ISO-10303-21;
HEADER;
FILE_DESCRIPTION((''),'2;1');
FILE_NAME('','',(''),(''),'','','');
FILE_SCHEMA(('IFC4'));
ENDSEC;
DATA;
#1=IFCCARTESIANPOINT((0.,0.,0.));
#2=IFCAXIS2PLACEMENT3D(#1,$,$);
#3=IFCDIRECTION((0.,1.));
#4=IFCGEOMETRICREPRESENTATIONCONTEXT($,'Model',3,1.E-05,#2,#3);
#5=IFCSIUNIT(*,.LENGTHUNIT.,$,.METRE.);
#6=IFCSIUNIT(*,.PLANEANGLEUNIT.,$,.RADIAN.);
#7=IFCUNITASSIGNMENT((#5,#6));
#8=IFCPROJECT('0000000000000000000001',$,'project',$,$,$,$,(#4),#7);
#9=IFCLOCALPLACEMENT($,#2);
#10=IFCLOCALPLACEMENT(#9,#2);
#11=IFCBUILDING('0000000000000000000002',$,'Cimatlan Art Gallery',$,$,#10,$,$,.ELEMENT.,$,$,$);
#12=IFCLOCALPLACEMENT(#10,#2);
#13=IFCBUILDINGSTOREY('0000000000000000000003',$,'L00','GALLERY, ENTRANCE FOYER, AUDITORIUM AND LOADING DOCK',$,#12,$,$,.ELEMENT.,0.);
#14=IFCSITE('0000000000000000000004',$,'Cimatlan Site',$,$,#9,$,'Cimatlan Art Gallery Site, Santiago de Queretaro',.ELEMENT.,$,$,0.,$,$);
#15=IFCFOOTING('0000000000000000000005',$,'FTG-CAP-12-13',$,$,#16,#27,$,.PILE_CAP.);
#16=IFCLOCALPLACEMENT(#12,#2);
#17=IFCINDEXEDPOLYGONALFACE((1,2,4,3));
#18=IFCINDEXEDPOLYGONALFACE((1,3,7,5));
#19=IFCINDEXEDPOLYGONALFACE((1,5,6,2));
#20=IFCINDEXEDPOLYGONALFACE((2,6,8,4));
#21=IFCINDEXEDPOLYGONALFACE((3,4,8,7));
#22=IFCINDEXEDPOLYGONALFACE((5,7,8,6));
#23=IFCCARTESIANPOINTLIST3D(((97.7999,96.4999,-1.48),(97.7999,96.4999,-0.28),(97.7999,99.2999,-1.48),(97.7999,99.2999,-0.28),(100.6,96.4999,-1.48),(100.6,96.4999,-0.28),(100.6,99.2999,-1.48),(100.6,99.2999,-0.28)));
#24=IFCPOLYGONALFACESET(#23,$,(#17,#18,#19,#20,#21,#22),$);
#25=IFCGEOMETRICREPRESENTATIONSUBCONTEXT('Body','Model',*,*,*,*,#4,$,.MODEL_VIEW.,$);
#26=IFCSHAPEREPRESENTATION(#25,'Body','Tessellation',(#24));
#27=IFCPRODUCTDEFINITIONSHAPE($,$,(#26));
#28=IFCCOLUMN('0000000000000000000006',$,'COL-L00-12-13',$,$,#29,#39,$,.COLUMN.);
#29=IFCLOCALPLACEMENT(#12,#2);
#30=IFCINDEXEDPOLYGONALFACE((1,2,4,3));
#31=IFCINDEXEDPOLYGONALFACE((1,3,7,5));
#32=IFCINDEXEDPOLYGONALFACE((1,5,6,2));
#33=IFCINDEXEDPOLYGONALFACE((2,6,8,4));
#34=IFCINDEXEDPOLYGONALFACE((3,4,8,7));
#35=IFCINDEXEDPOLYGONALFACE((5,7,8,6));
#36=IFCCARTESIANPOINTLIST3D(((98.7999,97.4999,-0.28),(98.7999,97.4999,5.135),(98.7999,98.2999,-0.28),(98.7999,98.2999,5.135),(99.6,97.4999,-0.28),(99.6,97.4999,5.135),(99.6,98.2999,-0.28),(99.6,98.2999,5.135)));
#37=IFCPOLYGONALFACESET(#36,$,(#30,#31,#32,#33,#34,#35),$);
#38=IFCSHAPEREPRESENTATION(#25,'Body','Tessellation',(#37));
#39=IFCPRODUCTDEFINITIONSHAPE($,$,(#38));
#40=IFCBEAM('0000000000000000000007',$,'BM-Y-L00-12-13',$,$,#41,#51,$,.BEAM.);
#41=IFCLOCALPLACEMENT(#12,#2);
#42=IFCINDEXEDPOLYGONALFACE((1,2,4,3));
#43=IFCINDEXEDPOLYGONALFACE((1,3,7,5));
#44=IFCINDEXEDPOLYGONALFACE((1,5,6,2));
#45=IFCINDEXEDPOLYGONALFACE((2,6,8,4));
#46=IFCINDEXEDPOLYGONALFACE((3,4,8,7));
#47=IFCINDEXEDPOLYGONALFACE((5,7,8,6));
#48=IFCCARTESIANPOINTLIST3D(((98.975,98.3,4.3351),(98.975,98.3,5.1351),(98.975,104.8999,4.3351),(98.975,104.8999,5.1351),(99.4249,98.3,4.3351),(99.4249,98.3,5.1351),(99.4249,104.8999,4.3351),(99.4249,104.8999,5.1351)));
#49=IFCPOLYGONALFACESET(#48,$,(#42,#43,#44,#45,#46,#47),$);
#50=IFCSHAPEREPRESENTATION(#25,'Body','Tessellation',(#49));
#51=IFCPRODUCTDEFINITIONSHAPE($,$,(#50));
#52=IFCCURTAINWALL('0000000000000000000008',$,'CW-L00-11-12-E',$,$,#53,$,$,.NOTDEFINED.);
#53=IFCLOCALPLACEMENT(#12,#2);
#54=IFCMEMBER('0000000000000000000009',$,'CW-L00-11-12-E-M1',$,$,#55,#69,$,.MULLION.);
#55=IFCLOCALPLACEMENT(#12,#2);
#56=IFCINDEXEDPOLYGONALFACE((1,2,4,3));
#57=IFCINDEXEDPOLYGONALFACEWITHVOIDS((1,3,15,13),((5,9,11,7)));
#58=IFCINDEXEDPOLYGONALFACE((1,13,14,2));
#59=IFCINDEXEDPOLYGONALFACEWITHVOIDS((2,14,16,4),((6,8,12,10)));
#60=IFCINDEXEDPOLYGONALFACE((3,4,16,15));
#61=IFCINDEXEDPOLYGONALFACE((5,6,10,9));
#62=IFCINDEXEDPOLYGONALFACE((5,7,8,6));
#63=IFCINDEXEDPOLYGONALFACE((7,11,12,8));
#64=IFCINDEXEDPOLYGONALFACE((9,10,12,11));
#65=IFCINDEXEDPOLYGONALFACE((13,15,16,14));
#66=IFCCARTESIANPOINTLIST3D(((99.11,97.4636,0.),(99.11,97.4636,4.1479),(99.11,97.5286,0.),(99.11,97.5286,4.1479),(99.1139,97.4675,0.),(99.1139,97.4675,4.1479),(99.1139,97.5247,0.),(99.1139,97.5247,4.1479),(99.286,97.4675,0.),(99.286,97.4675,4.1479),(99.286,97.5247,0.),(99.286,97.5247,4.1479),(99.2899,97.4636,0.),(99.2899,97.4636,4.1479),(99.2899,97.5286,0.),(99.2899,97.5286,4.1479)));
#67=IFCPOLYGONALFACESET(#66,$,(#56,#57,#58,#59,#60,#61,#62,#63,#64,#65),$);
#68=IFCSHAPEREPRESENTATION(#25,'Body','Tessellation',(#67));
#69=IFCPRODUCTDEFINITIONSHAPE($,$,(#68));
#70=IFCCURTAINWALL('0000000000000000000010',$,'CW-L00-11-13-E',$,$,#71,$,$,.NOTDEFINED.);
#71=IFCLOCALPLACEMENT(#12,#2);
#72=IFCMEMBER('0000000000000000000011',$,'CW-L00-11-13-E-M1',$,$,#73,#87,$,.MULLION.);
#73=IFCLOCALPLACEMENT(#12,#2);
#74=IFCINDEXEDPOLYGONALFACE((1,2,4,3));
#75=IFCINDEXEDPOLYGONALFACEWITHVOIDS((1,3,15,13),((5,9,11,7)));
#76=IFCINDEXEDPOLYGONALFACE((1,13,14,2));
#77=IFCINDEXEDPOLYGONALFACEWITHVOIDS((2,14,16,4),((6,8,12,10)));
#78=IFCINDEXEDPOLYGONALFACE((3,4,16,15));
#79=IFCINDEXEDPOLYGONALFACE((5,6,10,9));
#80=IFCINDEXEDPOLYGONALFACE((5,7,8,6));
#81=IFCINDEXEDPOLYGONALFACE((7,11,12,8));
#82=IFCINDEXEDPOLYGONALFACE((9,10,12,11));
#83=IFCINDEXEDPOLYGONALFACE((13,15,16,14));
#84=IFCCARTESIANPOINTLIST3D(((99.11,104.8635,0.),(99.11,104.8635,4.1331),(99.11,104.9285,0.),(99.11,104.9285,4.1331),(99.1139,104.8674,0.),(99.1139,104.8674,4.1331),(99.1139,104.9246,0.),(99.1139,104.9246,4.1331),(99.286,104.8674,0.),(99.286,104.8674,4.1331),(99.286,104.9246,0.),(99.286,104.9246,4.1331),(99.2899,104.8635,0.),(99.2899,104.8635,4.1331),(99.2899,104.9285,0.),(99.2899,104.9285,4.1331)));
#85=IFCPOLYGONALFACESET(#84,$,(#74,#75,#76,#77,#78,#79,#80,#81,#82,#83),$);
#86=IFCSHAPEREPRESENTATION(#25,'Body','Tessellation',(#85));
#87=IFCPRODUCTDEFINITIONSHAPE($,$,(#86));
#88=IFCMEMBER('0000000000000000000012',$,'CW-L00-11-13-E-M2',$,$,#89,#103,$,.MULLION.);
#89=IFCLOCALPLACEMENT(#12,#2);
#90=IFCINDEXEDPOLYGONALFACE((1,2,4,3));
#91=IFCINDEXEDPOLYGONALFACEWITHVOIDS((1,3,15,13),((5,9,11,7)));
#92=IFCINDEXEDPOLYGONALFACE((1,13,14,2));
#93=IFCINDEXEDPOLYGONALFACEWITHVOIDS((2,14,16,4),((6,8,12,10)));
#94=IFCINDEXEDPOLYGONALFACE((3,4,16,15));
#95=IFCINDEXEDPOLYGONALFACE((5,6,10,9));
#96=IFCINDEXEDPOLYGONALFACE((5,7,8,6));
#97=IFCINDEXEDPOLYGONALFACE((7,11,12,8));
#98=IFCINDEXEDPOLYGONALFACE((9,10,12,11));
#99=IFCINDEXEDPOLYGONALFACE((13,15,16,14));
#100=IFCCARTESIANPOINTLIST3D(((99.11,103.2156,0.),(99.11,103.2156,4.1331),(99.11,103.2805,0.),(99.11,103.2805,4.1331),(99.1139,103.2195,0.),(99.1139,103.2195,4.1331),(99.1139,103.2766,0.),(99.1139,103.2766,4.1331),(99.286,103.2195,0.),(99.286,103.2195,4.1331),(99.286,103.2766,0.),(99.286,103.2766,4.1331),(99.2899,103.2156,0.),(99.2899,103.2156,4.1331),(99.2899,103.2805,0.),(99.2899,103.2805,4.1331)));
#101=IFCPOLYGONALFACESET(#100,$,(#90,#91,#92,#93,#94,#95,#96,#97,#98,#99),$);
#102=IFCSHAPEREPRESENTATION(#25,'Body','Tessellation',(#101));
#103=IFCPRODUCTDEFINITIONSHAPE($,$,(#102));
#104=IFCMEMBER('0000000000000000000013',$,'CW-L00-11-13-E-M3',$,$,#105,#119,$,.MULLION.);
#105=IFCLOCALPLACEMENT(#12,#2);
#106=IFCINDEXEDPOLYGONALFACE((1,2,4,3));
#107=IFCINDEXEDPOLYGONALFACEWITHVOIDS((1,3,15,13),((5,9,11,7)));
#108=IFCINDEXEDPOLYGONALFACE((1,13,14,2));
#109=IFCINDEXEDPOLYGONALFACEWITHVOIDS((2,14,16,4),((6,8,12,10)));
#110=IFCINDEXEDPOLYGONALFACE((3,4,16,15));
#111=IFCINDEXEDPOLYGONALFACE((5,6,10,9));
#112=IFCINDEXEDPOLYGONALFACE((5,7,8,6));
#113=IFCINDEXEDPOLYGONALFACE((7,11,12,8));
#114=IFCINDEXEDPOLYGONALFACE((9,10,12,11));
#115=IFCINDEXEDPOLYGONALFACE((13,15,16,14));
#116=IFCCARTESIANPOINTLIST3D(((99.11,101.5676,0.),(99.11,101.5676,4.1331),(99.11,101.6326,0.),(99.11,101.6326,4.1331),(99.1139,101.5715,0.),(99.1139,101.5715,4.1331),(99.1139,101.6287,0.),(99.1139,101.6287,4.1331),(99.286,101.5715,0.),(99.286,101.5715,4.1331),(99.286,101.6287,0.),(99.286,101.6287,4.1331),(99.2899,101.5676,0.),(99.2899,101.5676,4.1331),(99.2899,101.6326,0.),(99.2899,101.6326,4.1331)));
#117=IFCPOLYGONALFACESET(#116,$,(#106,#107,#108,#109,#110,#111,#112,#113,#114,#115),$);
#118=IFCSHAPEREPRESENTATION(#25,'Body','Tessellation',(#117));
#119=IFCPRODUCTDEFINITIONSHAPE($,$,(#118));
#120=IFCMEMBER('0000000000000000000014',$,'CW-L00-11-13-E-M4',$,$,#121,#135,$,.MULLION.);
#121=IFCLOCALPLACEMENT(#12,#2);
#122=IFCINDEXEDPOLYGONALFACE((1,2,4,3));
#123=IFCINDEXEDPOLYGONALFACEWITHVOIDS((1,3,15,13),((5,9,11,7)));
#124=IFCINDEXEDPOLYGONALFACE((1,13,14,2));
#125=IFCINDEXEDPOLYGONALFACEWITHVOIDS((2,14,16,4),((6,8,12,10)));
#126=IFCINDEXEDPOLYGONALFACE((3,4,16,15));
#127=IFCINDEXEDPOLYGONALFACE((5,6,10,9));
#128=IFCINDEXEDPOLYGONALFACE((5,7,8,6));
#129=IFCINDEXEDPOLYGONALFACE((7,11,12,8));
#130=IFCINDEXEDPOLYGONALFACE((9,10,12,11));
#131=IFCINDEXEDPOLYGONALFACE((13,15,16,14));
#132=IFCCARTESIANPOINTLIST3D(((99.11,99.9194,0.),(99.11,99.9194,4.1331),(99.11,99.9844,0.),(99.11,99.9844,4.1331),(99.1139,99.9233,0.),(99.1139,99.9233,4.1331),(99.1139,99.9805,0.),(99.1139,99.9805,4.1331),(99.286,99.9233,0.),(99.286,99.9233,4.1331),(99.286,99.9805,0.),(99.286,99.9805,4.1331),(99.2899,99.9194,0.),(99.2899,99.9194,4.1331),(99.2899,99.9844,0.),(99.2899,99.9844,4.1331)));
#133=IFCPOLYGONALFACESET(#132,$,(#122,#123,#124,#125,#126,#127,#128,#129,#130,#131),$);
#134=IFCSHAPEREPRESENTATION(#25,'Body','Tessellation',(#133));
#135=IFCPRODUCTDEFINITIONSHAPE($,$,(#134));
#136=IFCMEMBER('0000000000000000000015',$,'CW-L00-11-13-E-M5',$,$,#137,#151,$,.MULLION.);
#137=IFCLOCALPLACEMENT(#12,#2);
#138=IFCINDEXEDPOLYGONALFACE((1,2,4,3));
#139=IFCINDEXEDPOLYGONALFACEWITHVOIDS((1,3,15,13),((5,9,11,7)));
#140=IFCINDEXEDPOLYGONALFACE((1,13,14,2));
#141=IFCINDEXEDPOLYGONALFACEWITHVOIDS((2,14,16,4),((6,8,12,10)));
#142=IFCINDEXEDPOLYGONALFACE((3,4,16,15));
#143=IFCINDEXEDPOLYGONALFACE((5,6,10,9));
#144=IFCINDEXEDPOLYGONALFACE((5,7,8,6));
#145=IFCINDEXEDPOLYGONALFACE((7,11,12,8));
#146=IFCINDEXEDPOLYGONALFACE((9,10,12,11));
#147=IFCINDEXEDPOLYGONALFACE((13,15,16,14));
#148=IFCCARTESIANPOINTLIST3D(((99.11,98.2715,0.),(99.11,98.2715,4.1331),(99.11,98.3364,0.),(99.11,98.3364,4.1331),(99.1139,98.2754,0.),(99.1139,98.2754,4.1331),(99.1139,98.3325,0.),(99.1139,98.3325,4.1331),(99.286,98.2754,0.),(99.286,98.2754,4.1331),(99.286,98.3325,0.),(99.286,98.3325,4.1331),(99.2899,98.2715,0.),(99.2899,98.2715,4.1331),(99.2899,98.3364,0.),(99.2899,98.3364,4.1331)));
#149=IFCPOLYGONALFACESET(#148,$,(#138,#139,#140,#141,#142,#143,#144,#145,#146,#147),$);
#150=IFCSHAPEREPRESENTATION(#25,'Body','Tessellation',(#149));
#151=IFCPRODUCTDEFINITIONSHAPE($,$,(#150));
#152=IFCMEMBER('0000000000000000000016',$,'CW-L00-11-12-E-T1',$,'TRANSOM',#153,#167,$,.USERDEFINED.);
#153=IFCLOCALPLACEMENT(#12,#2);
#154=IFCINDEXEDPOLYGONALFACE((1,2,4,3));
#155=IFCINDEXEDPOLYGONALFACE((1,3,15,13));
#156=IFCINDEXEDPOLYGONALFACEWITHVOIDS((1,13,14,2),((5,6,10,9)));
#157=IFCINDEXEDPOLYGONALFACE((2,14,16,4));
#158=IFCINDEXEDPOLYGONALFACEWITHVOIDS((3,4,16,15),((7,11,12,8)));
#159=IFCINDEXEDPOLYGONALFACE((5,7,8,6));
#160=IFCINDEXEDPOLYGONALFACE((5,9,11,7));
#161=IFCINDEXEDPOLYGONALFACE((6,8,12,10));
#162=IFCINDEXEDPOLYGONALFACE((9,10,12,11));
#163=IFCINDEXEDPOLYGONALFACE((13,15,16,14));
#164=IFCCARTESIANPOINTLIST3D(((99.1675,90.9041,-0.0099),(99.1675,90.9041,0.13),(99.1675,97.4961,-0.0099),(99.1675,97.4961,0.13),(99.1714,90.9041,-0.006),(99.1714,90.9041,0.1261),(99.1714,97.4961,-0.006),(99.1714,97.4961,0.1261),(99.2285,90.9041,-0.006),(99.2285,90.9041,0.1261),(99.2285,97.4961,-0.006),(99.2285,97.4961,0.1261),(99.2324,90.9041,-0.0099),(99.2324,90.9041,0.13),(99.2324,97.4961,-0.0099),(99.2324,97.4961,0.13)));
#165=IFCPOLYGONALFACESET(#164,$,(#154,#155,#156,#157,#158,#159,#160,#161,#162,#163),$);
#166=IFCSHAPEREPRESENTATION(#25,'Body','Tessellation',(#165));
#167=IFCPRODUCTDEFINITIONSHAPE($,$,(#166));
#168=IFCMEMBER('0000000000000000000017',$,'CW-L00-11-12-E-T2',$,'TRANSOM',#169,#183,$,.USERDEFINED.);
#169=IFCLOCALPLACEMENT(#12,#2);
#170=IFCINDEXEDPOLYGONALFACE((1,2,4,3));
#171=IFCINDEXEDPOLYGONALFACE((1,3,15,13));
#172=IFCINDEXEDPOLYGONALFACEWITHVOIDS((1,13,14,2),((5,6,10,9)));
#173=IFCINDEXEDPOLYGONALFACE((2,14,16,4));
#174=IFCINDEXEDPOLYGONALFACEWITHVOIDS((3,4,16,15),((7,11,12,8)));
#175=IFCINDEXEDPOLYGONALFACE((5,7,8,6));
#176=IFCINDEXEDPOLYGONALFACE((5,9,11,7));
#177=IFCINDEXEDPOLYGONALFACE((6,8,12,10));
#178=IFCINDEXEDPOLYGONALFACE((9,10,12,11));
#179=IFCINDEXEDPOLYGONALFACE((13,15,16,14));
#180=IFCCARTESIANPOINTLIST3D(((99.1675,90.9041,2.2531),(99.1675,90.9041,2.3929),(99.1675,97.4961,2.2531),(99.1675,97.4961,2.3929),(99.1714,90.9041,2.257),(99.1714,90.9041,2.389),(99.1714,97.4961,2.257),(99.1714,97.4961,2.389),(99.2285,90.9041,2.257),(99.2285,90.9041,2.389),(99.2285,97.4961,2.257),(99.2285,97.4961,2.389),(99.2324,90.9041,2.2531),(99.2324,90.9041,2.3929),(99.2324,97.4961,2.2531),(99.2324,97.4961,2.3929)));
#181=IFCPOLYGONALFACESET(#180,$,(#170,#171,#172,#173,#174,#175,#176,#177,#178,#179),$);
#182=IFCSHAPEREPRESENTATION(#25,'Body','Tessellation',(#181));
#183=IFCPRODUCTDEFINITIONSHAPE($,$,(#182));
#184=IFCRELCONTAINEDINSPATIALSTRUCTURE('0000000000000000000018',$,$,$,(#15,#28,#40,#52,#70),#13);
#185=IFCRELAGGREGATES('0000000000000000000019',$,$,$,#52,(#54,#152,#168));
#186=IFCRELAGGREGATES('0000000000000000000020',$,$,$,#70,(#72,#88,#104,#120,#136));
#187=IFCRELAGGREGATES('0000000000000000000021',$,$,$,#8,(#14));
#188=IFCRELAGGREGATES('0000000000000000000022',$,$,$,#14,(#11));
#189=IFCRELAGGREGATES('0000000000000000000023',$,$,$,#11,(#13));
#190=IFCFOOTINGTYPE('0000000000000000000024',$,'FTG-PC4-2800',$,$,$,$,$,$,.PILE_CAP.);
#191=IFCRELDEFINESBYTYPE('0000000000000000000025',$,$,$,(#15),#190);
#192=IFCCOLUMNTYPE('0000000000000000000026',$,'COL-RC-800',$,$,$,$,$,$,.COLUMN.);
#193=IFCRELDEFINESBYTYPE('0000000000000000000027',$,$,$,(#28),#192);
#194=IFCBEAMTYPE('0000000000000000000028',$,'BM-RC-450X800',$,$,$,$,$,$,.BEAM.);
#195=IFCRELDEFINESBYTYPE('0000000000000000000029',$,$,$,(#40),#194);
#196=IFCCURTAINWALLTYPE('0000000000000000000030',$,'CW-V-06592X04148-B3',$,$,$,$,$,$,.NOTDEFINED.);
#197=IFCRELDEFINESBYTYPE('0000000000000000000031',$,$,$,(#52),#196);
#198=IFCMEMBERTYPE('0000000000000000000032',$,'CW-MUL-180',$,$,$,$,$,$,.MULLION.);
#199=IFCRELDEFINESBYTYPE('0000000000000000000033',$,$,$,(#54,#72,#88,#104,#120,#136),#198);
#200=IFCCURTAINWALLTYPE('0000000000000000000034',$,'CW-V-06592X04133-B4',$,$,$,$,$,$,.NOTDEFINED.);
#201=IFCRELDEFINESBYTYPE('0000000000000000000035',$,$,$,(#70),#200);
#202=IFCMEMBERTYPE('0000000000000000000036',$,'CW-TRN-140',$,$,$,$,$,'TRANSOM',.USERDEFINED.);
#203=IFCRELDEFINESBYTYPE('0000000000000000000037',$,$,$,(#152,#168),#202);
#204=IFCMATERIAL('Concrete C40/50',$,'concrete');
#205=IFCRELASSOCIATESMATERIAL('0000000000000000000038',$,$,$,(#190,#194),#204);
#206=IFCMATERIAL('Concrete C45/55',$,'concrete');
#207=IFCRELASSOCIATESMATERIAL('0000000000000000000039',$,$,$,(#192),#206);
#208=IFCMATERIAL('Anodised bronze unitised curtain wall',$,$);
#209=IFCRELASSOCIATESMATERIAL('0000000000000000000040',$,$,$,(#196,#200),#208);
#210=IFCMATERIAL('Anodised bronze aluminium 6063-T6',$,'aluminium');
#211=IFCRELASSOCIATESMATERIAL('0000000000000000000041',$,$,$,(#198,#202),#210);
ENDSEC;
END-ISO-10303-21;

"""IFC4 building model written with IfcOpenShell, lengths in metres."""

from ifc_helpers import new_model, si_unit, direction, frame, origin, origin_2d, place, context, subcontext, project, spatial, rectangle, hollow_rectangle, extrude, material, material_profile, profile_set, type_object, element, aggregate, save


model = new_model("IFC4")

# Units and contexts
model_context = context("Model", 3, precision=1e-05, world=origin(), true_north=direction((0.0, 1.0)))
body_context = subcontext(model_context, "Body", "Model", "MODEL_VIEW")
ifc_project = project(units=[si_unit("LENGTHUNIT", "METRE"), si_unit("PLANEANGLEUNIT", "RADIAN")], contexts=[model_context])

# Site, building, storey
site_placement = place(None, origin())
site = spatial("IfcSite", under=ifc_project, at=site_placement, Name="Cimatlan Site", LongName="Cimatlan Art Gallery Site, Santiago de Queretaro", CompositionType="ELEMENT", RefElevation=0.0)
building_placement = place(site_placement, origin())
building = spatial("IfcBuilding", under=site, at=building_placement, Name="Cimatlan Art Gallery", CompositionType="ELEMENT")
storey_placement = place(building_placement, origin())
storey = spatial("IfcBuildingStorey", under=building, at=storey_placement, Name="L00", Description="GALLERY, ENTRANCE FOYER, AUDITORIUM AND LOADING DOCK", CompositionType="ELEMENT", Elevation=0.0)

# Footing
ifc_material_1 = material(Name="Concrete C40/50", Category="concrete")
footing_type = type_object("IfcFootingType", Name="FTG-PC4-2800", PredefinedType="PILE_CAP", material=ifc_material_1)
footing_placement = place(storey_placement, frame((99.2, 97.8999, -1.48), z_axis=(0.0, 0.0, 1.0), x_axis=(1.0, 0.0, 0.0)))
element("IfcFooting", 1, at=footing_placement, inside=storey, type_object=footing_type, Name="FTG-CAP-12-13", PredefinedType="PILE_CAP", context=body_context, shape_type="SweptSolid", body=[
    extrude(rectangle(XDim=2.8, YDim=2.8, at=origin_2d()), origin(), (0.0, 0.0, 1.0), 1.2),
])

# Column
ifc_material_2 = material(Name="Concrete C45/55", Category="concrete")
ifc_material_profile_1 = material_profile(ifc_material_2, rectangle(XDim=0.8, YDim=0.8, at=origin_2d()), Name="RC800X800")
ifc_profile_set_1 = profile_set([ifc_material_profile_1], Name="Concrete C45/55")
column_type = type_object("IfcColumnType", Name="COL-RC-800", PredefinedType="COLUMN", material=ifc_profile_set_1)
column_placement = place(storey_placement, frame((99.2, 97.8999, -0.28), z_axis=(0.0, 0.0, 1.0), x_axis=(1.0, 0.0, 0.0)))
element("IfcColumn", 2, at=column_placement, inside=storey, type_object=column_type, Name="COL-L00-12-13", PredefinedType="COLUMN", context=body_context, shape_type="SweptSolid", body=[
    extrude(rectangle(XDim=0.8, YDim=0.8, at=origin_2d()), origin(), (0.0, 0.0, 1.0), 5.415),
])

# Beam
ifc_material_profile_2 = material_profile(ifc_material_1, rectangle(XDim=0.45, YDim=0.8, at=origin_2d()), Name="RC450X800")
ifc_profile_set_2 = profile_set([ifc_material_profile_2], Name="Concrete C40/50")
beam_type = type_object("IfcBeamType", Name="BM-RC-450X800", PredefinedType="BEAM", material=ifc_profile_set_2)
beam_placement = place(storey_placement, frame((99.2, 98.3, 4.7351), z_axis=(0.0, 1.0, 0.0), x_axis=(-1.0, 0.0, 0.0)))
element("IfcBeam", 3, at=beam_placement, inside=storey, type_object=beam_type, Name="BM-Y-L00-12-13", PredefinedType="BEAM", context=body_context, shape_type="SweptSolid", body=[
    extrude(rectangle(XDim=0.45, YDim=0.8, at=origin_2d()), origin(), (0.0, 0.0, 1.0), 6.5999),
])

# Curtain wall, member
ifc_material_3 = material(Name="Anodised bronze unitised curtain wall")
curtain_wall_type_1 = type_object("IfcCurtainWallType", Name="CW-V-06592X04148-B3", PredefinedType="NOTDEFINED", material=ifc_material_3)
curtain_wall_1_placement = place(storey_placement, origin())
curtain_wall_1 = element("IfcCurtainWall", 4, at=curtain_wall_1_placement, inside=storey, type_object=curtain_wall_type_1, Name="CW-L00-11-12-E", PredefinedType="NOTDEFINED")
ifc_material_4 = material(Name="Anodised bronze aluminium 6063-T6", Category="aluminium")
ifc_material_profile_3 = material_profile(ifc_material_4, hollow_rectangle(XDim=0.0649, YDim=0.1799, WallThickness=0.0039, at=origin_2d()), Name="ALU65X180X4")
ifc_profile_set_3 = profile_set([ifc_material_profile_3], Name="Anodised bronze aluminium 6063-T6")
member_type_1 = type_object("IfcMemberType", Name="CW-MUL-180", PredefinedType="MULLION", material=ifc_profile_set_3)
member_1_placement = place(storey_placement, frame((99.2, 97.4961, 0.0), z_axis=(0.0, 0.0, 1.0), x_axis=(0.0, 1.0, 0.0)))
member_1 = element("IfcMember", 5, at=member_1_placement, type_object=member_type_1, Name="CW-L00-11-12-E-M1", PredefinedType="MULLION", context=body_context, shape_type="SweptSolid", body=[
    extrude(hollow_rectangle(XDim=0.0649, YDim=0.1799, WallThickness=0.0039, at=origin_2d()), origin(), (0.0, 0.0, 1.0), 4.1479),
])

# Curtain wall, members
curtain_wall_type_2 = type_object("IfcCurtainWallType", Name="CW-V-06592X04133-B4", PredefinedType="NOTDEFINED", material=ifc_material_3)
curtain_wall_2_placement = place(storey_placement, origin())
curtain_wall_2 = element("IfcCurtainWall", 6, at=curtain_wall_2_placement, inside=storey, type_object=curtain_wall_type_2, Name="CW-L00-11-13-E", PredefinedType="NOTDEFINED")
member_2_placement = place(storey_placement, frame((99.2, 104.896, 0.0), z_axis=(0.0, 0.0, 1.0), x_axis=(0.0, 1.0, 0.0)))
member_2 = element("IfcMember", 7, at=member_2_placement, type_object=member_type_1, Name="CW-L00-11-13-E-M1", PredefinedType="MULLION", context=body_context, shape_type="SweptSolid", body=[
    extrude(hollow_rectangle(XDim=0.0649, YDim=0.1799, WallThickness=0.0039, at=origin_2d()), origin(), (0.0, 0.0, 1.0), 4.1331),
])
member_3_placement = place(storey_placement, frame((99.2, 103.248, 0.0), z_axis=(0.0, 0.0, 1.0), x_axis=(0.0, 1.0, 0.0)))
member_3 = element("IfcMember", 8, at=member_3_placement, type_object=member_type_1, Name="CW-L00-11-13-E-M2", PredefinedType="MULLION", context=body_context, shape_type="SweptSolid", body=[
    extrude(hollow_rectangle(XDim=0.0649, YDim=0.1799, WallThickness=0.0039, at=origin_2d()), origin(), (0.0, 0.0, 1.0), 4.1331),
])
member_4_placement = place(storey_placement, frame((99.2, 101.6001, 0.0), z_axis=(0.0, 0.0, 1.0), x_axis=(0.0, 1.0, 0.0)))
member_4 = element("IfcMember", 9, at=member_4_placement, type_object=member_type_1, Name="CW-L00-11-13-E-M3", PredefinedType="MULLION", context=body_context, shape_type="SweptSolid", body=[
    extrude(hollow_rectangle(XDim=0.0649, YDim=0.1799, WallThickness=0.0039, at=origin_2d()), origin(), (0.0, 0.0, 1.0), 4.1331),
])
member_5_placement = place(storey_placement, frame((99.2, 99.9519, 0.0), z_axis=(0.0, 0.0, 1.0), x_axis=(0.0, 1.0, 0.0)))
member_5 = element("IfcMember", 10, at=member_5_placement, type_object=member_type_1, Name="CW-L00-11-13-E-M4", PredefinedType="MULLION", context=body_context, shape_type="SweptSolid", body=[
    extrude(hollow_rectangle(XDim=0.0649, YDim=0.1799, WallThickness=0.0039, at=origin_2d()), origin(), (0.0, 0.0, 1.0), 4.1331),
])
member_6_placement = place(storey_placement, frame((99.2, 98.304, 0.0), z_axis=(0.0, 0.0, 1.0), x_axis=(0.0, 1.0, 0.0)))
member_6 = element("IfcMember", 11, at=member_6_placement, type_object=member_type_1, Name="CW-L00-11-13-E-M5", PredefinedType="MULLION", context=body_context, shape_type="SweptSolid", body=[
    extrude(hollow_rectangle(XDim=0.0649, YDim=0.1799, WallThickness=0.0039, at=origin_2d()), origin(), (0.0, 0.0, 1.0), 4.1331),
])

# Members
ifc_material_profile_4 = material_profile(ifc_material_4, hollow_rectangle(XDim=0.0649, YDim=0.1399, WallThickness=0.0039, at=origin_2d()), Name="ALU65X140X4")
ifc_profile_set_4 = profile_set([ifc_material_profile_4], Name="Anodised bronze aluminium 6063-T6")
member_type_2 = type_object("IfcMemberType", Name="CW-TRN-140", ElementType="TRANSOM", PredefinedType="USERDEFINED", material=ifc_profile_set_4)
member_7_placement = place(storey_placement, frame((99.2, 97.4961, 0.0601), z_axis=(0.0, -1.0, 0.0), x_axis=(1.0, 0.0, 0.0)))
member_7 = element("IfcMember", 12, at=member_7_placement, type_object=member_type_2, Name="CW-L00-11-12-E-T1", ObjectType="TRANSOM", PredefinedType="USERDEFINED", context=body_context, shape_type="SweptSolid", body=[
    extrude(hollow_rectangle(XDim=0.0649, YDim=0.1399, WallThickness=0.0039, at=origin_2d()), origin(), (0.0, 0.0, 1.0), 6.592),
])
member_8_placement = place(storey_placement, frame((99.2, 97.4961, 2.323), z_axis=(0.0, -1.0, 0.0), x_axis=(1.0, 0.0, 0.0)))
member_8 = element("IfcMember", 13, at=member_8_placement, type_object=member_type_2, Name="CW-L00-11-12-E-T2", ObjectType="TRANSOM", PredefinedType="USERDEFINED", context=body_context, shape_type="SweptSolid", body=[
    extrude(hollow_rectangle(XDim=0.0649, YDim=0.1399, WallThickness=0.0039, at=origin_2d()), origin(), (0.0, 0.0, 1.0), 6.592),
])
aggregate(curtain_wall_1, [member_1, member_7, member_8])

aggregate(curtain_wall_2, [member_2, member_3, member_4, member_5, member_6])

save(model, "model.ifc")
